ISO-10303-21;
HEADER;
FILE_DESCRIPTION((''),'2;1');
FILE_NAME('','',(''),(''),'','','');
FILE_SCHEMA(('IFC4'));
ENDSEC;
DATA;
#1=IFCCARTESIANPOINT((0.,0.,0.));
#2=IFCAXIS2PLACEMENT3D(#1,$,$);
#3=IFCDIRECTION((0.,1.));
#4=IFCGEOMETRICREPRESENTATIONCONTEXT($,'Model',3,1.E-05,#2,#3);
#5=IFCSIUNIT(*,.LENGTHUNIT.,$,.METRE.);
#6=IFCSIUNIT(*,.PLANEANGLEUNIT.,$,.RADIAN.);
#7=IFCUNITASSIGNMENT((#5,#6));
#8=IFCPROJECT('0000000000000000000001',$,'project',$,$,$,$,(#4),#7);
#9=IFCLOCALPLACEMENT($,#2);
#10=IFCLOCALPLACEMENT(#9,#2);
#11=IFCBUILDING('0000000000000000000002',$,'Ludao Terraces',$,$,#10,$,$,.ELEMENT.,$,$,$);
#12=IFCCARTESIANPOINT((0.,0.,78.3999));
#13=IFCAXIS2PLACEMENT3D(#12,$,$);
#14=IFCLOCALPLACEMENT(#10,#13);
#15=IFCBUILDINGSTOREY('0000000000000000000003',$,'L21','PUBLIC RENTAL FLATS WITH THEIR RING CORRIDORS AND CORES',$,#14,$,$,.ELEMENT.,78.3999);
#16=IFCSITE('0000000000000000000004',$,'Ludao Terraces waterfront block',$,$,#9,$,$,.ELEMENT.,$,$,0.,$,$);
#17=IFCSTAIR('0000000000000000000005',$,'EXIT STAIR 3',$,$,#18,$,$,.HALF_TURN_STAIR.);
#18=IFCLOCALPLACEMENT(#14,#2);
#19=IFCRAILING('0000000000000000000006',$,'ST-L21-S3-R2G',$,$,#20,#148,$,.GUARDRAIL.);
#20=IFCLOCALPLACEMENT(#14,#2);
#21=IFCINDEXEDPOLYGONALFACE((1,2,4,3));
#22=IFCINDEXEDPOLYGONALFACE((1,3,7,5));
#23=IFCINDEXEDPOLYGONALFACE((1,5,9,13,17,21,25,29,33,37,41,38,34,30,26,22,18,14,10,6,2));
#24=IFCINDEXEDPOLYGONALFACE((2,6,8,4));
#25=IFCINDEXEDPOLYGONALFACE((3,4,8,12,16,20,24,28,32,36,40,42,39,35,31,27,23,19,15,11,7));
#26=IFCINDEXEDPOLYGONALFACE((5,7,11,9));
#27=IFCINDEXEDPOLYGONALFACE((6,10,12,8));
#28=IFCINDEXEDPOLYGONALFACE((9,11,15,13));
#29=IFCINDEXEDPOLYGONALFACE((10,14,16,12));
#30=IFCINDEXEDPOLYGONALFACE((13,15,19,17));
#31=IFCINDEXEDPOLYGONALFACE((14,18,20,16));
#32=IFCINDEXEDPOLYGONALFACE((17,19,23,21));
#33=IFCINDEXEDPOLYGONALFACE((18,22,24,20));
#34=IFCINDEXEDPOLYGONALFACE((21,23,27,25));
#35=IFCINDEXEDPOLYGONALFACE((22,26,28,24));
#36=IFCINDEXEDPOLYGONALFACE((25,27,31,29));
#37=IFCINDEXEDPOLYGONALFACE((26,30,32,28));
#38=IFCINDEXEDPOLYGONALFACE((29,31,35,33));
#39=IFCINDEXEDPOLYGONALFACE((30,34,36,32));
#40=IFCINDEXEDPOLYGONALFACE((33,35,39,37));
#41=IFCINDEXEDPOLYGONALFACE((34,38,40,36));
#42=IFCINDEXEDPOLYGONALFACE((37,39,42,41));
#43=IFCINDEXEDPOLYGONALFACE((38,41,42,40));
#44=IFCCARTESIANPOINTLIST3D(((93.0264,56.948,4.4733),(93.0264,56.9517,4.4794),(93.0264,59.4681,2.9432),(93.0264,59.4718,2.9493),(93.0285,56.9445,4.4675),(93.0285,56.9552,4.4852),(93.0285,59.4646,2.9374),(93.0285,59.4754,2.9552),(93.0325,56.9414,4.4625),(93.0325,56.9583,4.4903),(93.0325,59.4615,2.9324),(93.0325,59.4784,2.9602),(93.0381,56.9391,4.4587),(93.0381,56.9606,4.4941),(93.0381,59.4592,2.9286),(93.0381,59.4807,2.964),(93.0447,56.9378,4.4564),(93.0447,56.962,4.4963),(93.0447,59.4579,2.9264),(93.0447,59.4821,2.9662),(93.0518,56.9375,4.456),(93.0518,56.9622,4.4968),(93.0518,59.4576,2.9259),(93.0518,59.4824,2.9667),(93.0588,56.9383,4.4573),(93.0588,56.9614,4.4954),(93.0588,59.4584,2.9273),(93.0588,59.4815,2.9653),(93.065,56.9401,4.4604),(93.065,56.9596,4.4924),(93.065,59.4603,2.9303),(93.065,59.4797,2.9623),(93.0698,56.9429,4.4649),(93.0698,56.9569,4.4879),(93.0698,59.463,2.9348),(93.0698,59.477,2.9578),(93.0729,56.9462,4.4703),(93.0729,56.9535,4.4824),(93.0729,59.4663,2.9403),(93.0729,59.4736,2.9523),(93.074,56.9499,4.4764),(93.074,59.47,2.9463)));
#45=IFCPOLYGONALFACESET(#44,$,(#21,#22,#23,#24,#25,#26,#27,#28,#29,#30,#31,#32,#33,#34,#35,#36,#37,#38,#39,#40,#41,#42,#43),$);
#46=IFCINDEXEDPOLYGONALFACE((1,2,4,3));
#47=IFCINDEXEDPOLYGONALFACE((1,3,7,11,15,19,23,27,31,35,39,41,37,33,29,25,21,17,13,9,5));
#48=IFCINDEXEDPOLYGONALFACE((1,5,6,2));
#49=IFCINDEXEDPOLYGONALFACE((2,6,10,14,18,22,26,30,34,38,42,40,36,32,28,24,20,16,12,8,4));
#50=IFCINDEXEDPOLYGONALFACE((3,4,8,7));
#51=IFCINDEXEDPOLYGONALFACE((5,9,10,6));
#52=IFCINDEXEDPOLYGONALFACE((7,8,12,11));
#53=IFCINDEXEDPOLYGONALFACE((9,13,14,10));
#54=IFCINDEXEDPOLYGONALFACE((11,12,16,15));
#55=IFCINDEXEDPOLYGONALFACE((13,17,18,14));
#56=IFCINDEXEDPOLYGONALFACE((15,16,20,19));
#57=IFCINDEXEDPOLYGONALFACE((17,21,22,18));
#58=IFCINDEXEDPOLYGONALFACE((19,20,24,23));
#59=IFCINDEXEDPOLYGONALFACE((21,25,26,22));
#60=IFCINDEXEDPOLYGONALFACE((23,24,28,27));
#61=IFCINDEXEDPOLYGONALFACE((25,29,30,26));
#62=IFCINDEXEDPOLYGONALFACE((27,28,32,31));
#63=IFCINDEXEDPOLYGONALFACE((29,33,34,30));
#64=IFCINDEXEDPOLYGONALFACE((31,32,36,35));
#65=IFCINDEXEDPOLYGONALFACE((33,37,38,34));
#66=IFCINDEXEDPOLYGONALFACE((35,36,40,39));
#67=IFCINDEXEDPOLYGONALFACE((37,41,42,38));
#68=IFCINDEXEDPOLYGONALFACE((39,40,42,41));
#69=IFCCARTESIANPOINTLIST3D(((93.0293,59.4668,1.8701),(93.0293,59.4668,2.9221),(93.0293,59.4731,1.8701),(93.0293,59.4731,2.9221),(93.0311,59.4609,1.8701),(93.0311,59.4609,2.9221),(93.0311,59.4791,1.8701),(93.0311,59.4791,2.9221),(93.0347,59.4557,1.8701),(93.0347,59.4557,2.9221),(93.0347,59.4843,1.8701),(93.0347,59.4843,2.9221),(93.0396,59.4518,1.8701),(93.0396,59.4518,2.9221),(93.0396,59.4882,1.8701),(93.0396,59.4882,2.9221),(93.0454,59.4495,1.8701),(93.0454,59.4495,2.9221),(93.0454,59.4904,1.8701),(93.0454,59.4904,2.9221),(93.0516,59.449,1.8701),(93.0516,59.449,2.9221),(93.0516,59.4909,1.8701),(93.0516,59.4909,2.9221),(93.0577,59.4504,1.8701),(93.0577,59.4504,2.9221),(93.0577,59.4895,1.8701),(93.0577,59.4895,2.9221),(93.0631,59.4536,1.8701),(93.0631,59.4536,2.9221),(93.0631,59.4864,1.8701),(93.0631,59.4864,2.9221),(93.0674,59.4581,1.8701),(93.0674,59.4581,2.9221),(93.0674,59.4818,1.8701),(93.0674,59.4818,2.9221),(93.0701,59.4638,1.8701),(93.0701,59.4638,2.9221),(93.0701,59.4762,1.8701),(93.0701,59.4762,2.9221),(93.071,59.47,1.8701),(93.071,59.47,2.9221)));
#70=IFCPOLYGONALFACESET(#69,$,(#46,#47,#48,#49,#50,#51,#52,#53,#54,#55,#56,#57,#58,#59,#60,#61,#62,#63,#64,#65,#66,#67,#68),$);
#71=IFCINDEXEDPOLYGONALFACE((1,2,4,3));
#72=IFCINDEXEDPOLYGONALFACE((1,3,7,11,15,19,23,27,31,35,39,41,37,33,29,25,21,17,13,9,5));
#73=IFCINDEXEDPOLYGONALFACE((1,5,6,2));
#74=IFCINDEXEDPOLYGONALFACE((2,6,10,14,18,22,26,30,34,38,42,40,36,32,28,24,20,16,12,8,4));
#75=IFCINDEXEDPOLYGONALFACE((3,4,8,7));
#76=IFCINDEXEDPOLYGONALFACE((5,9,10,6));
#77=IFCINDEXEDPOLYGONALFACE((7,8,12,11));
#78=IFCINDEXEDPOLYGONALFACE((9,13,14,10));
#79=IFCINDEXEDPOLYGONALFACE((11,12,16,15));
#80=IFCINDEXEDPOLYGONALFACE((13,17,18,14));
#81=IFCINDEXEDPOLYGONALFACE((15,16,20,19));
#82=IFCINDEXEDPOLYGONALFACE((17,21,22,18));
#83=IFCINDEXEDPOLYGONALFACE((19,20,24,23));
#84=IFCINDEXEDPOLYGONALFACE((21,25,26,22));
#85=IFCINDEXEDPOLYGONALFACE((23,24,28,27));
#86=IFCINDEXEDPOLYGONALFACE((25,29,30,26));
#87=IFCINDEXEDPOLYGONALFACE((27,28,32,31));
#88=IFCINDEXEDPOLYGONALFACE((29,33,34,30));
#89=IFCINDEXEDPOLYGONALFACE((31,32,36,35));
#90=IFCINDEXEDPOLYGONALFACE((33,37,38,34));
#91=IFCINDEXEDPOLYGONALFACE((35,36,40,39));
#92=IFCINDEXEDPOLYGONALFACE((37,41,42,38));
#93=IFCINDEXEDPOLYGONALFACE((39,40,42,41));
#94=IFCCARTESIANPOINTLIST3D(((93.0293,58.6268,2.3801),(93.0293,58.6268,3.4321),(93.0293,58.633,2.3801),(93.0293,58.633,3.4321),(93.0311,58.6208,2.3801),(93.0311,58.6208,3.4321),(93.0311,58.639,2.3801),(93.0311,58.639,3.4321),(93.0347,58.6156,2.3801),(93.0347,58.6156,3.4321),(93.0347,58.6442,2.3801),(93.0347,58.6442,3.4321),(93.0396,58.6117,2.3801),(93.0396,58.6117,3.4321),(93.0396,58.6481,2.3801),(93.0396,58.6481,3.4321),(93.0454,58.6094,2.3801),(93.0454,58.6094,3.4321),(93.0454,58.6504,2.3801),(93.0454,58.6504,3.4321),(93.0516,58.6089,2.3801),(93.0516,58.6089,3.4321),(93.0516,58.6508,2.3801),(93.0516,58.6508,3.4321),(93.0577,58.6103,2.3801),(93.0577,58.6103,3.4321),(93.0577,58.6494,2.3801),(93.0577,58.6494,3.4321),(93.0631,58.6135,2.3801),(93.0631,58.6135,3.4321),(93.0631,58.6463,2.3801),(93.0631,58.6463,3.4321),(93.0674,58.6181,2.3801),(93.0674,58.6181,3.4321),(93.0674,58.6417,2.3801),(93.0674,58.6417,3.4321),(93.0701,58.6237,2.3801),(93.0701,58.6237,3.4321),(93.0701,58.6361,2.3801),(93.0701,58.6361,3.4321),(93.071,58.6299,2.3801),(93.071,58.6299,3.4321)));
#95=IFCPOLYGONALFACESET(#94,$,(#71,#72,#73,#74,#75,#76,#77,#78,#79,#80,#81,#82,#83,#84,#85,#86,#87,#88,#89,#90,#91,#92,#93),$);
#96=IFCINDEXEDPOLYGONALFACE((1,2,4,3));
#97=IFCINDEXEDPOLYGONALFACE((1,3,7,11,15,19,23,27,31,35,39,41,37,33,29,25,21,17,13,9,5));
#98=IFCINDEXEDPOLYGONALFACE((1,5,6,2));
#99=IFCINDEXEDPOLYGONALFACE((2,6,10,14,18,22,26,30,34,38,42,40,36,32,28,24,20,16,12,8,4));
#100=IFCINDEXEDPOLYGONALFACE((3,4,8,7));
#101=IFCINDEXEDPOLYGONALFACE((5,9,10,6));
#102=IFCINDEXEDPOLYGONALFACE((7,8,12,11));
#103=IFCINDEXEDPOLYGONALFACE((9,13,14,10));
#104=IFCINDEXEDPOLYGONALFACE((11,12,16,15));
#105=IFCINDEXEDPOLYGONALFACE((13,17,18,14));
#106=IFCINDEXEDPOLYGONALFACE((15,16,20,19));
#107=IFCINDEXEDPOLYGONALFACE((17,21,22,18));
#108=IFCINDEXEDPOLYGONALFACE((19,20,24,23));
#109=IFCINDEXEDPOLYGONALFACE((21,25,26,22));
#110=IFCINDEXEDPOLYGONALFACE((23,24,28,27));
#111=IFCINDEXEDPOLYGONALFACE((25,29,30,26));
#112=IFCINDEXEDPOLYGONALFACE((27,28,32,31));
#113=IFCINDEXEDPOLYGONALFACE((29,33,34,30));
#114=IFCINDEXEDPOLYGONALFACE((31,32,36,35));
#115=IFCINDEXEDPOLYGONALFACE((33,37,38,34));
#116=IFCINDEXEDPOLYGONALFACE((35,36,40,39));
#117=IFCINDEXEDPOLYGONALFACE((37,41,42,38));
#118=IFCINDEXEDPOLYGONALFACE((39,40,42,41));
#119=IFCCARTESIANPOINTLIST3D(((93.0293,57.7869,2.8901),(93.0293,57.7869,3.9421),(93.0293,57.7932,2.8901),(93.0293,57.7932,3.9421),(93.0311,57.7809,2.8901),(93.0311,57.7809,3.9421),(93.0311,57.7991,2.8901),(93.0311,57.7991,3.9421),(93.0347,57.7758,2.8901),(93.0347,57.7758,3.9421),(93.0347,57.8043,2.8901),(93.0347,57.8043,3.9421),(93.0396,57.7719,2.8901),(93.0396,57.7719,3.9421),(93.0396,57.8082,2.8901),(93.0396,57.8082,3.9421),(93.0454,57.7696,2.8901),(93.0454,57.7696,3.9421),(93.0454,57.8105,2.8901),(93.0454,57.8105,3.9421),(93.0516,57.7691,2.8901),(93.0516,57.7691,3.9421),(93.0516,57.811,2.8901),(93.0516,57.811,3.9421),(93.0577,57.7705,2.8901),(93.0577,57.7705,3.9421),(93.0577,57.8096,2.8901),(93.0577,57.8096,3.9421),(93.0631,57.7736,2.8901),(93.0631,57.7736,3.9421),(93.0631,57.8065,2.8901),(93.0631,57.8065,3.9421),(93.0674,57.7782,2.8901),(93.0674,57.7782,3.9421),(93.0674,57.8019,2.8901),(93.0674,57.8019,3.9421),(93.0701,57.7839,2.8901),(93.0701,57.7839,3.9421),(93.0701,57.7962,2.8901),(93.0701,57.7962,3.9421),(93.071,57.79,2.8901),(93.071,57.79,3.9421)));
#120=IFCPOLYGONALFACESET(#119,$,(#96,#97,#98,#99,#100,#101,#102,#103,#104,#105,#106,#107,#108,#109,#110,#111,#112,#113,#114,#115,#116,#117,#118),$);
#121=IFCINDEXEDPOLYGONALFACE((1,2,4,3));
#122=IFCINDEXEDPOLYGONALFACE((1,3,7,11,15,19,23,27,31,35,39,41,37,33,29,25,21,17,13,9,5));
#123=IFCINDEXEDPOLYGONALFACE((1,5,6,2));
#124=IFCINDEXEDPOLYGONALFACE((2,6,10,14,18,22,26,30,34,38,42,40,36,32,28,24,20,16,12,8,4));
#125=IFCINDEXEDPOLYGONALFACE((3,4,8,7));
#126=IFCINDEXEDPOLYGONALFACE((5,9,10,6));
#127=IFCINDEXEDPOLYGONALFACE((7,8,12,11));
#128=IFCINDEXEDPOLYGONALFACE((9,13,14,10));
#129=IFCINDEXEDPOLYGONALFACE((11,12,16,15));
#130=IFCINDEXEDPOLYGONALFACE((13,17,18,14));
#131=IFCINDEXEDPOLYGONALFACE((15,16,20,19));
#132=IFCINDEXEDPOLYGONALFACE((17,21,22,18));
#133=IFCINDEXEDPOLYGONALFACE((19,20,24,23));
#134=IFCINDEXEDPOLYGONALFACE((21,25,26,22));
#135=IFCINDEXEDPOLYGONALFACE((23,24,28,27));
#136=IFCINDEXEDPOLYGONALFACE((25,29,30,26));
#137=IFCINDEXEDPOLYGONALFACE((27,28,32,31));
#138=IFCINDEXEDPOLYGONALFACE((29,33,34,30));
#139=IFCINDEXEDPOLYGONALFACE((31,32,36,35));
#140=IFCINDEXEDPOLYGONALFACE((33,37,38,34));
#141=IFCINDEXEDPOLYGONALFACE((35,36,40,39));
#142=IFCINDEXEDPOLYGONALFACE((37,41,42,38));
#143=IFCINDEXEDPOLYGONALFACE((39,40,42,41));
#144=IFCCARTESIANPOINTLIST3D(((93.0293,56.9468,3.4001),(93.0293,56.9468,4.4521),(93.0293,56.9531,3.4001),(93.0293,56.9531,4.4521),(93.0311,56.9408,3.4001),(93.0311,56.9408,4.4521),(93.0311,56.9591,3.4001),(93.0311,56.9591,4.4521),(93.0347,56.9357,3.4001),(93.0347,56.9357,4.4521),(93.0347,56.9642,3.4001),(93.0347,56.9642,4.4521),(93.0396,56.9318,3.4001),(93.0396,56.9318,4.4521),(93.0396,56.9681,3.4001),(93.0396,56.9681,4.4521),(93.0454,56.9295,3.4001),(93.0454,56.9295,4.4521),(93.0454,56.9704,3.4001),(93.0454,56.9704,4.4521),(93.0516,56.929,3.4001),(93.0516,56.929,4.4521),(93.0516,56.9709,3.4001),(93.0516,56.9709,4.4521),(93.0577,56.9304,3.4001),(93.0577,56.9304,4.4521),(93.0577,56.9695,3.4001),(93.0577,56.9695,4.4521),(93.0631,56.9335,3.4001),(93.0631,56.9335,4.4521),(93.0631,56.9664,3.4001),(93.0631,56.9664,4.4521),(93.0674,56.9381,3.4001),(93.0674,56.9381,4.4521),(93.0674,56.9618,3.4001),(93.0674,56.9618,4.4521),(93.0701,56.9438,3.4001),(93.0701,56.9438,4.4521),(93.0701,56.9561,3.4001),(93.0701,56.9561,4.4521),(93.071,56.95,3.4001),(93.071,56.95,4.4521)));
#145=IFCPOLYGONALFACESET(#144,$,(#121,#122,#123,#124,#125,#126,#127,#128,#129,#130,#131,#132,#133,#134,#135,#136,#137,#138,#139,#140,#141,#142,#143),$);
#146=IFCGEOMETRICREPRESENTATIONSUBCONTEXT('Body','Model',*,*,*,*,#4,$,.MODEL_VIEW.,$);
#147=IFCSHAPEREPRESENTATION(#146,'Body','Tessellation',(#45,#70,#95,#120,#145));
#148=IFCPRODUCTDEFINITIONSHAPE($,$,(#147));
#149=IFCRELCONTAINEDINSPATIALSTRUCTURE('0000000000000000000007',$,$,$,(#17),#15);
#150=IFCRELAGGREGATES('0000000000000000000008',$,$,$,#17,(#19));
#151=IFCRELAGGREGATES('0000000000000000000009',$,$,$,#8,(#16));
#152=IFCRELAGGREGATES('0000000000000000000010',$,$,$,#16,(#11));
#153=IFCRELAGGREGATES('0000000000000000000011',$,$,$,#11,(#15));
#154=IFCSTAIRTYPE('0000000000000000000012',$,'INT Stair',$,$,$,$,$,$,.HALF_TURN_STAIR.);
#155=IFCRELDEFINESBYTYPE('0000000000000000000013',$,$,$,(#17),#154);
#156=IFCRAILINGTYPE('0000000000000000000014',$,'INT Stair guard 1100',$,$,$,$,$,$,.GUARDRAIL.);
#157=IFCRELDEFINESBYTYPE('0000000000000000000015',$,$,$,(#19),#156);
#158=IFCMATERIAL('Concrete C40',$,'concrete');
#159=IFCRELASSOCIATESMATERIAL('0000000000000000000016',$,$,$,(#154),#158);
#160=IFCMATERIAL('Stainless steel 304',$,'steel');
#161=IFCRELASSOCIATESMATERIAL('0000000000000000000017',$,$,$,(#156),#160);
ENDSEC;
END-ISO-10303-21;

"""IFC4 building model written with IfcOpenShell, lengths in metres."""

from ifc_helpers import new_model, si_unit, direction, frame, origin, origin_2d, place, context, subcontext, project, spatial, circle, extrude, material, type_object, element, aggregate, save


model = new_model("IFC4")

# Units and contexts
model_context = context("Model", 3, precision=1e-05, world=origin(), true_north=direction((0.0, 1.0)))
body_context = subcontext(model_context, "Body", "Model", "MODEL_VIEW")
ifc_project = project(units=[si_unit("LENGTHUNIT", "METRE"), si_unit("PLANEANGLEUNIT", "RADIAN")], contexts=[model_context])

# Site, building, storey
site_placement = place(None, origin())
site = spatial("IfcSite", under=ifc_project, at=site_placement, Name="Ludao Terraces waterfront block", CompositionType="ELEMENT", RefElevation=0.0)
building_placement = place(site_placement, origin())
building = spatial("IfcBuilding", under=site, at=building_placement, Name="Ludao Terraces", CompositionType="ELEMENT")
storey_placement = place(building_placement, frame((0.0, 0.0, 78.3999)))
storey = spatial("IfcBuildingStorey", under=building, at=storey_placement, Name="L21", Description="PUBLIC RENTAL FLATS WITH THEIR RING CORRIDORS AND CORES", CompositionType="ELEMENT", Elevation=78.3999)

# Stair, railing
ifc_material_1 = material(Name="Concrete C40", Category="concrete")
stair_type = type_object("IfcStairType", Name="INT Stair", PredefinedType="HALF_TURN_STAIR", material=ifc_material_1)
stair_placement = place(storey_placement, origin())
stair = element("IfcStair", 1, at=stair_placement, inside=storey, type_object=stair_type, Name="EXIT STAIR 3", PredefinedType="HALF_TURN_STAIR")
ifc_material_2 = material(Name="Stainless steel 304", Category="steel")
railing_type_1 = type_object("IfcRailingType", Name="INT Stair guard 1100", PredefinedType="GUARDRAIL", material=ifc_material_2)
railing_1_placement = place(storey_placement, frame((93.05, 59.47, 1.8701)))
railing_1 = element("IfcRailing", 2, at=railing_1_placement, type_object=railing_type_1, Name="ST-L21-S3-R2G", PredefinedType="GUARDRAIL", context=body_context, shape_type="SweptSolid", body=[
    extrude(circle(Radius=0.0239, at=origin_2d()), frame((0.0, 0.0, 1.0762), z_axis=(0.0, -0.854785, 0.518982), x_axis=(1.0, 0.0, 0.0)), (0.0, 0.0, 1.0), 2.9482),
    extrude(circle(Radius=0.021, at=origin_2d()), origin(), (0.0, 0.0, 1.0), 1.052),
    extrude(circle(Radius=0.021, at=origin_2d()), frame((0.0, -0.8401, 0.51)), (0.0, 0.0, 1.0), 1.052),
    extrude(circle(Radius=0.021, at=origin_2d()), frame((0.0, -1.6799, 1.02)), (0.0, 0.0, 1.0), 1.052),
    extrude(circle(Radius=0.021, at=origin_2d()), frame((0.0, -2.52, 1.53)), (0.0, 0.0, 1.0), 1.052),
])
aggregate(stair, [railing_1])

save(model, "model.ifc")
